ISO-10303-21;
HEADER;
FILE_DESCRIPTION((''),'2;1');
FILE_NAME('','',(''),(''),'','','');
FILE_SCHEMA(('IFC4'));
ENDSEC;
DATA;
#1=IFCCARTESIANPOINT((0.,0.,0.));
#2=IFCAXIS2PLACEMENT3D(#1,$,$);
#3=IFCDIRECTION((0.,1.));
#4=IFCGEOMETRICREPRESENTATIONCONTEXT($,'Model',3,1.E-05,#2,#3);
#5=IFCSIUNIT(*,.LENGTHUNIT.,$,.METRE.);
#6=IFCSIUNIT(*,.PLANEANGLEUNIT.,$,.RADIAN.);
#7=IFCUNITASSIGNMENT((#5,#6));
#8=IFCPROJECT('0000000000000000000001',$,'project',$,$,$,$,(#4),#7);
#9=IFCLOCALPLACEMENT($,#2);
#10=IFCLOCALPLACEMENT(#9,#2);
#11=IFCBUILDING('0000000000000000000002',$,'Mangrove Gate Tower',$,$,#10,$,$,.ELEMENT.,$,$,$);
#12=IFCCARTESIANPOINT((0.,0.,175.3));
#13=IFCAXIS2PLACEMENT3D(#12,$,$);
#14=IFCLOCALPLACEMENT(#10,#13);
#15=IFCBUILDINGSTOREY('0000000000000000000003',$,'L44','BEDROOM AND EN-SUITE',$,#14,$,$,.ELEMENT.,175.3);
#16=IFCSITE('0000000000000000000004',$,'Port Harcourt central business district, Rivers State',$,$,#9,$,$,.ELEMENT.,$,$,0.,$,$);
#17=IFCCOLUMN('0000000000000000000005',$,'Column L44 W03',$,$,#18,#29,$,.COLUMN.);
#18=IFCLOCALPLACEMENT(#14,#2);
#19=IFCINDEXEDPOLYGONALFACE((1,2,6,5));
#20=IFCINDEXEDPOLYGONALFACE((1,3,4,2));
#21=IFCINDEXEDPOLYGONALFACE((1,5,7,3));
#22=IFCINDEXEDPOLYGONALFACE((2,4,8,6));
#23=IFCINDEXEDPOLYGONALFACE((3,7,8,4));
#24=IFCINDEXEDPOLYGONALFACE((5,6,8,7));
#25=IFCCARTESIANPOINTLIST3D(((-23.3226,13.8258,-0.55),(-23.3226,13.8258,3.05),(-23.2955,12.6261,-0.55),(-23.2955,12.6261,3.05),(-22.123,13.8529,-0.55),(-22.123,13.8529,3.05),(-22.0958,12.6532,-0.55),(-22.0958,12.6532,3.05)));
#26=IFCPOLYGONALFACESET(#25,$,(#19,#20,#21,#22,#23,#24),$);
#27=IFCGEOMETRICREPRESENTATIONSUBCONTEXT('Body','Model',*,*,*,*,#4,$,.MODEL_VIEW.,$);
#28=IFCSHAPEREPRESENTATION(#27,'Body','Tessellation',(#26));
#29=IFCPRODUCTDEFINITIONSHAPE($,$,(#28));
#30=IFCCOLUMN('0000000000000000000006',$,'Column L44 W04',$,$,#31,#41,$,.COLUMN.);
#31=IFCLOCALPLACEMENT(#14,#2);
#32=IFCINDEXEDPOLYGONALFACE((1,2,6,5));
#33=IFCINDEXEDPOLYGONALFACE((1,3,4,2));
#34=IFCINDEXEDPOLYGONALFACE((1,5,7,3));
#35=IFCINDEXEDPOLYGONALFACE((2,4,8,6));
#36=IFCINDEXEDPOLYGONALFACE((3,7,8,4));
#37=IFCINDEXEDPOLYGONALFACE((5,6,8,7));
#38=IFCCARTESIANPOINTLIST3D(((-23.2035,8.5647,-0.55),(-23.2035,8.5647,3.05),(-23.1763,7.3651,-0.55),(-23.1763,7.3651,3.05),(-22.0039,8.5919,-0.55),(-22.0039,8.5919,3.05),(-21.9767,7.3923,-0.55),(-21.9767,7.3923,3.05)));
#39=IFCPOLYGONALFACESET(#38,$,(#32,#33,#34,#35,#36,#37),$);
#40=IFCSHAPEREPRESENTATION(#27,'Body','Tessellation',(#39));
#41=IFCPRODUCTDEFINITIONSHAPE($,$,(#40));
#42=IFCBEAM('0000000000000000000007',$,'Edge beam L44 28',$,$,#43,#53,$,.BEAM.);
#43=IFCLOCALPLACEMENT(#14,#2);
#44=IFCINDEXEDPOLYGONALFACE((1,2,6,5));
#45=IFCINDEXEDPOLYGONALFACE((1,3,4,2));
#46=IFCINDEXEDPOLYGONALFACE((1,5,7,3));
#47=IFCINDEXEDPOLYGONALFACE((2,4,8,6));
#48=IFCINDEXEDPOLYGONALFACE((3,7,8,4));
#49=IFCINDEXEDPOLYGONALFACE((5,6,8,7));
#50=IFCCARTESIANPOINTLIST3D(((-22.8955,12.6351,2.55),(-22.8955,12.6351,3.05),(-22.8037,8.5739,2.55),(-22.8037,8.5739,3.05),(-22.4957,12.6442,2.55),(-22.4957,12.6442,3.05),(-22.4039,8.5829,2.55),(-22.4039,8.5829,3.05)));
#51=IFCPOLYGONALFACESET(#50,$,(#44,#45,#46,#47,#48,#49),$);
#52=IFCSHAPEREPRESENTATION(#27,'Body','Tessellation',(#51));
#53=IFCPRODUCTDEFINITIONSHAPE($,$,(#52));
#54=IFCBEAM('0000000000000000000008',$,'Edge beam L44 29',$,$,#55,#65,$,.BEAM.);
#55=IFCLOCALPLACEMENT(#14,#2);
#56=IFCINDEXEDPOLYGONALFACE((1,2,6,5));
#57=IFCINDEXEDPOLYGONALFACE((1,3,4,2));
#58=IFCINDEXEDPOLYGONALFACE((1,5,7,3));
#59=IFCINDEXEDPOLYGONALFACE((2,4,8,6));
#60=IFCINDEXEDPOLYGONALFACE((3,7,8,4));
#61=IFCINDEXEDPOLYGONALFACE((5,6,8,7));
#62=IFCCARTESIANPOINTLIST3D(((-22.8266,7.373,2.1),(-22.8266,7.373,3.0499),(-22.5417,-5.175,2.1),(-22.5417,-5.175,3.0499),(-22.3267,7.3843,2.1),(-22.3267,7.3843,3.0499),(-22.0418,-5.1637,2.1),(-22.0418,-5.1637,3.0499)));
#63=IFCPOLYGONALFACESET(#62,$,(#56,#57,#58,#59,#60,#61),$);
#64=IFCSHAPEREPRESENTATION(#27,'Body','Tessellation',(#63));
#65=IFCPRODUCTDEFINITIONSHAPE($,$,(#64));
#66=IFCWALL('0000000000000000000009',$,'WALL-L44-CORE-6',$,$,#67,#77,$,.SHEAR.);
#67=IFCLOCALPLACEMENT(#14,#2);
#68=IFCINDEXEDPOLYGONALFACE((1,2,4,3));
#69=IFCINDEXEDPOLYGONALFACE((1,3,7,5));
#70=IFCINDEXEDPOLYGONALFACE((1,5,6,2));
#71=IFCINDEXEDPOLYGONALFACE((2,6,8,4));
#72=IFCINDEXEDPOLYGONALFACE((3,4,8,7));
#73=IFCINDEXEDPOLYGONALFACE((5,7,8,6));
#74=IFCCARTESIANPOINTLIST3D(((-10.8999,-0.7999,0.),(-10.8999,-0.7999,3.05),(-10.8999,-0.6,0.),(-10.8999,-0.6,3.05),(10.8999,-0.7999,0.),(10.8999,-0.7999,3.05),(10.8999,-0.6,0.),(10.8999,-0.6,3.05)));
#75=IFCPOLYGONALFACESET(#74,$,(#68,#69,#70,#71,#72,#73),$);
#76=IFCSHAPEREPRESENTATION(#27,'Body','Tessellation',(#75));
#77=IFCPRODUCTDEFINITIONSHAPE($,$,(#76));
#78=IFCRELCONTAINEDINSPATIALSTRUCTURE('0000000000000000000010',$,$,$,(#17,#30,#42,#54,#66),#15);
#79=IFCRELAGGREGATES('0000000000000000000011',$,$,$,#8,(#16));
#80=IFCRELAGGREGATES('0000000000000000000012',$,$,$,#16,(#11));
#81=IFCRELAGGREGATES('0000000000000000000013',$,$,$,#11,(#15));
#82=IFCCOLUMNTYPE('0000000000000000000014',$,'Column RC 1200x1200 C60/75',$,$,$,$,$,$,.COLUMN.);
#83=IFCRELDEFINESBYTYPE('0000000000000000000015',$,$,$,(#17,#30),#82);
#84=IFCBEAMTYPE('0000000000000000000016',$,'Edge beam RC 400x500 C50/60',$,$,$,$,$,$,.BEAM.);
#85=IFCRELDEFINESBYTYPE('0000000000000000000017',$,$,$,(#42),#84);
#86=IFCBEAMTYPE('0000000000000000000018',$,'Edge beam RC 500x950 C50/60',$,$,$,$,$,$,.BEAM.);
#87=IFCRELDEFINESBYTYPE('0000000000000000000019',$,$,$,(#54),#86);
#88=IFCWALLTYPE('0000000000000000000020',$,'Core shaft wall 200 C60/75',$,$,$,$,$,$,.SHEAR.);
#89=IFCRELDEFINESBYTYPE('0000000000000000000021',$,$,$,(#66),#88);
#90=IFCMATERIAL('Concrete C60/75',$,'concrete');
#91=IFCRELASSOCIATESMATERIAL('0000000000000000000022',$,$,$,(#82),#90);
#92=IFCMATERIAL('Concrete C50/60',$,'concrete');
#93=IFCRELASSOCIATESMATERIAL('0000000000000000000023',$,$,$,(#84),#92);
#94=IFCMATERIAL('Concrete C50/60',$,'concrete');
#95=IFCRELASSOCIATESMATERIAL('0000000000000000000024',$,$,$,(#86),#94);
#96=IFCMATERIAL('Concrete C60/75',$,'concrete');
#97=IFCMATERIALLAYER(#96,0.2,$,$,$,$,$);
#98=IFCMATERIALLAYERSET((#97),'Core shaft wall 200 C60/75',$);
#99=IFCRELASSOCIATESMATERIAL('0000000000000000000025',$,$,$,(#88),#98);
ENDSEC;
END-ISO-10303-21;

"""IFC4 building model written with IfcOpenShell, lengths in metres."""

from ifc_helpers import new_model, si_unit, direction, frame, frame_2d, origin, origin_2d, place, context, subcontext, project, spatial, rectangle, extrude, material, layer, layer_set, material_profile, profile_set, type_object, element, save


model = new_model("IFC4")

# Units and contexts
model_context = context("Model", 3, precision=1e-05, world=origin(), true_north=direction((0.0, 1.0)))
body_context = subcontext(model_context, "Body", "Model", "MODEL_VIEW")
ifc_project = project(units=[si_unit("LENGTHUNIT", "METRE"), si_unit("PLANEANGLEUNIT", "RADIAN")], contexts=[model_context])

# Site, building, storey
site_placement = place(None, origin())
site = spatial("IfcSite", under=ifc_project, at=site_placement, Name="Port Harcourt central business district, Rivers State", CompositionType="ELEMENT", RefElevation=0.0)
building_placement = place(site_placement, origin())
building = spatial("IfcBuilding", under=site, at=building_placement, Name="Mangrove Gate Tower", CompositionType="ELEMENT")
storey_placement = place(building_placement, frame((0.0, 0.0, 175.3)))
storey = spatial("IfcBuildingStorey", under=building, at=storey_placement, Name="L44", Description="BEDROOM AND EN-SUITE", CompositionType="ELEMENT", Elevation=175.3)

# Columns
ifc_material_1 = material(Name="Concrete C60/75", Category="concrete")
ifc_material_profile_1 = material_profile(ifc_material_1, rectangle(XDim=1.2, YDim=1.2, at=origin_2d()))
ifc_profile_set_1 = profile_set([ifc_material_profile_1], Name="Concrete C60/75")
column_type = type_object("IfcColumnType", Name="Column RC 1200x1200 C60/75", PredefinedType="COLUMN", material=ifc_profile_set_1)
for number, where, z_axis, x_axis, name in (
    (1, (-22.7092, 13.2395, -0.55), (0.0, 0.0, 1.0), (0.022613, -0.999744, 0.0), "Column L44 W03"),
    (2, (-22.5901, 7.9785, -0.55), (0.0, 0.0, 1.0), (0.022668, -0.999743, 0.0), "Column L44 W04"),
):
    element("IfcColumn", number, at=place(storey_placement, frame(where, z_axis=z_axis, x_axis=x_axis)), inside=storey, type_object=column_type, Name=name, PredefinedType="COLUMN", context=body_context, shape_type="SweptSolid", body=[
        extrude(rectangle(XDim=1.2, YDim=1.2, at=origin_2d()), origin(), (0.0, 0.0, 1.0), 3.6001),
    ])

# Beams
ifc_material_2 = material(Name="Concrete C50/60", Category="concrete")
ifc_material_profile_2 = material_profile(ifc_material_2, rectangle(XDim=0.3999, YDim=0.5, at=origin_2d()))
ifc_profile_set_2 = profile_set([ifc_material_profile_2], Name="Concrete C50/60")
beam_type_1 = type_object("IfcBeamType", Name="Edge beam RC 400x500 C50/60", PredefinedType="BEAM", material=ifc_profile_set_2)
beam_1_placement = place(storey_placement, frame((-22.6956, 12.6396, 2.8), z_axis=(0.022597, -0.999745, 0.0), x_axis=(0.999745, 0.022597, 0.0)))
element("IfcBeam", 3, at=beam_1_placement, inside=storey, type_object=beam_type_1, Name="Edge beam L44 28", PredefinedType="BEAM", context=body_context, shape_type="SweptSolid", body=[
    extrude(rectangle(XDim=0.3999, YDim=0.5, at=origin_2d()), origin(), (0.0, 0.0, 1.0), 4.0623),
])
ifc_material_3 = material(Name="Concrete C50/60", Category="concrete")
ifc_material_profile_3 = material_profile(ifc_material_3, rectangle(XDim=0.5, YDim=0.95, at=origin_2d()))
ifc_profile_set_3 = profile_set([ifc_material_profile_3], Name="Concrete C50/60")
beam_type_2 = type_object("IfcBeamType", Name="Edge beam RC 500x950 C50/60", PredefinedType="BEAM", material=ifc_profile_set_3)
beam_2_placement = place(storey_placement, frame((-22.5767, 7.3787, 2.575), z_axis=(0.0227, -0.999742, 0.0), x_axis=(0.999742, 0.0227, 0.0)))
element("IfcBeam", 4, at=beam_2_placement, inside=storey, type_object=beam_type_2, Name="Edge beam L44 29", PredefinedType="BEAM", context=body_context, shape_type="SweptSolid", body=[
    extrude(rectangle(XDim=0.5, YDim=0.95, at=origin_2d()), origin(), (0.0, 0.0, 1.0), 12.5513),
])

# Wall
ifc_material_4 = material(Name="Concrete C60/75", Category="concrete")
ifc_layer_1 = layer(ifc_material_4, 0.2)
ifc_layer_set_1 = layer_set([ifc_layer_1], Name="Core shaft wall 200 C60/75")
wall_type_1 = type_object("IfcWallType", Name="Core shaft wall 200 C60/75", PredefinedType="SHEAR", material=ifc_layer_set_1)
wall_1_placement = place(storey_placement, frame((-10.8999, -0.7, 0.0), z_axis=(0.0, 0.0, 1.0), x_axis=(1.0, 0.0, 0.0)))
element("IfcWall", 5, at=wall_1_placement, inside=storey, type_object=wall_type_1, Name="WALL-L44-CORE-6", PredefinedType="SHEAR", context=body_context, shape_type="SweptSolid", body=[
    extrude(rectangle(XDim=21.7998, YDim=0.2, at=frame_2d((10.8999, 0.0))), origin(), (0.0, 0.0, 1.0), 3.05),
])

save(model, "model.ifc")
